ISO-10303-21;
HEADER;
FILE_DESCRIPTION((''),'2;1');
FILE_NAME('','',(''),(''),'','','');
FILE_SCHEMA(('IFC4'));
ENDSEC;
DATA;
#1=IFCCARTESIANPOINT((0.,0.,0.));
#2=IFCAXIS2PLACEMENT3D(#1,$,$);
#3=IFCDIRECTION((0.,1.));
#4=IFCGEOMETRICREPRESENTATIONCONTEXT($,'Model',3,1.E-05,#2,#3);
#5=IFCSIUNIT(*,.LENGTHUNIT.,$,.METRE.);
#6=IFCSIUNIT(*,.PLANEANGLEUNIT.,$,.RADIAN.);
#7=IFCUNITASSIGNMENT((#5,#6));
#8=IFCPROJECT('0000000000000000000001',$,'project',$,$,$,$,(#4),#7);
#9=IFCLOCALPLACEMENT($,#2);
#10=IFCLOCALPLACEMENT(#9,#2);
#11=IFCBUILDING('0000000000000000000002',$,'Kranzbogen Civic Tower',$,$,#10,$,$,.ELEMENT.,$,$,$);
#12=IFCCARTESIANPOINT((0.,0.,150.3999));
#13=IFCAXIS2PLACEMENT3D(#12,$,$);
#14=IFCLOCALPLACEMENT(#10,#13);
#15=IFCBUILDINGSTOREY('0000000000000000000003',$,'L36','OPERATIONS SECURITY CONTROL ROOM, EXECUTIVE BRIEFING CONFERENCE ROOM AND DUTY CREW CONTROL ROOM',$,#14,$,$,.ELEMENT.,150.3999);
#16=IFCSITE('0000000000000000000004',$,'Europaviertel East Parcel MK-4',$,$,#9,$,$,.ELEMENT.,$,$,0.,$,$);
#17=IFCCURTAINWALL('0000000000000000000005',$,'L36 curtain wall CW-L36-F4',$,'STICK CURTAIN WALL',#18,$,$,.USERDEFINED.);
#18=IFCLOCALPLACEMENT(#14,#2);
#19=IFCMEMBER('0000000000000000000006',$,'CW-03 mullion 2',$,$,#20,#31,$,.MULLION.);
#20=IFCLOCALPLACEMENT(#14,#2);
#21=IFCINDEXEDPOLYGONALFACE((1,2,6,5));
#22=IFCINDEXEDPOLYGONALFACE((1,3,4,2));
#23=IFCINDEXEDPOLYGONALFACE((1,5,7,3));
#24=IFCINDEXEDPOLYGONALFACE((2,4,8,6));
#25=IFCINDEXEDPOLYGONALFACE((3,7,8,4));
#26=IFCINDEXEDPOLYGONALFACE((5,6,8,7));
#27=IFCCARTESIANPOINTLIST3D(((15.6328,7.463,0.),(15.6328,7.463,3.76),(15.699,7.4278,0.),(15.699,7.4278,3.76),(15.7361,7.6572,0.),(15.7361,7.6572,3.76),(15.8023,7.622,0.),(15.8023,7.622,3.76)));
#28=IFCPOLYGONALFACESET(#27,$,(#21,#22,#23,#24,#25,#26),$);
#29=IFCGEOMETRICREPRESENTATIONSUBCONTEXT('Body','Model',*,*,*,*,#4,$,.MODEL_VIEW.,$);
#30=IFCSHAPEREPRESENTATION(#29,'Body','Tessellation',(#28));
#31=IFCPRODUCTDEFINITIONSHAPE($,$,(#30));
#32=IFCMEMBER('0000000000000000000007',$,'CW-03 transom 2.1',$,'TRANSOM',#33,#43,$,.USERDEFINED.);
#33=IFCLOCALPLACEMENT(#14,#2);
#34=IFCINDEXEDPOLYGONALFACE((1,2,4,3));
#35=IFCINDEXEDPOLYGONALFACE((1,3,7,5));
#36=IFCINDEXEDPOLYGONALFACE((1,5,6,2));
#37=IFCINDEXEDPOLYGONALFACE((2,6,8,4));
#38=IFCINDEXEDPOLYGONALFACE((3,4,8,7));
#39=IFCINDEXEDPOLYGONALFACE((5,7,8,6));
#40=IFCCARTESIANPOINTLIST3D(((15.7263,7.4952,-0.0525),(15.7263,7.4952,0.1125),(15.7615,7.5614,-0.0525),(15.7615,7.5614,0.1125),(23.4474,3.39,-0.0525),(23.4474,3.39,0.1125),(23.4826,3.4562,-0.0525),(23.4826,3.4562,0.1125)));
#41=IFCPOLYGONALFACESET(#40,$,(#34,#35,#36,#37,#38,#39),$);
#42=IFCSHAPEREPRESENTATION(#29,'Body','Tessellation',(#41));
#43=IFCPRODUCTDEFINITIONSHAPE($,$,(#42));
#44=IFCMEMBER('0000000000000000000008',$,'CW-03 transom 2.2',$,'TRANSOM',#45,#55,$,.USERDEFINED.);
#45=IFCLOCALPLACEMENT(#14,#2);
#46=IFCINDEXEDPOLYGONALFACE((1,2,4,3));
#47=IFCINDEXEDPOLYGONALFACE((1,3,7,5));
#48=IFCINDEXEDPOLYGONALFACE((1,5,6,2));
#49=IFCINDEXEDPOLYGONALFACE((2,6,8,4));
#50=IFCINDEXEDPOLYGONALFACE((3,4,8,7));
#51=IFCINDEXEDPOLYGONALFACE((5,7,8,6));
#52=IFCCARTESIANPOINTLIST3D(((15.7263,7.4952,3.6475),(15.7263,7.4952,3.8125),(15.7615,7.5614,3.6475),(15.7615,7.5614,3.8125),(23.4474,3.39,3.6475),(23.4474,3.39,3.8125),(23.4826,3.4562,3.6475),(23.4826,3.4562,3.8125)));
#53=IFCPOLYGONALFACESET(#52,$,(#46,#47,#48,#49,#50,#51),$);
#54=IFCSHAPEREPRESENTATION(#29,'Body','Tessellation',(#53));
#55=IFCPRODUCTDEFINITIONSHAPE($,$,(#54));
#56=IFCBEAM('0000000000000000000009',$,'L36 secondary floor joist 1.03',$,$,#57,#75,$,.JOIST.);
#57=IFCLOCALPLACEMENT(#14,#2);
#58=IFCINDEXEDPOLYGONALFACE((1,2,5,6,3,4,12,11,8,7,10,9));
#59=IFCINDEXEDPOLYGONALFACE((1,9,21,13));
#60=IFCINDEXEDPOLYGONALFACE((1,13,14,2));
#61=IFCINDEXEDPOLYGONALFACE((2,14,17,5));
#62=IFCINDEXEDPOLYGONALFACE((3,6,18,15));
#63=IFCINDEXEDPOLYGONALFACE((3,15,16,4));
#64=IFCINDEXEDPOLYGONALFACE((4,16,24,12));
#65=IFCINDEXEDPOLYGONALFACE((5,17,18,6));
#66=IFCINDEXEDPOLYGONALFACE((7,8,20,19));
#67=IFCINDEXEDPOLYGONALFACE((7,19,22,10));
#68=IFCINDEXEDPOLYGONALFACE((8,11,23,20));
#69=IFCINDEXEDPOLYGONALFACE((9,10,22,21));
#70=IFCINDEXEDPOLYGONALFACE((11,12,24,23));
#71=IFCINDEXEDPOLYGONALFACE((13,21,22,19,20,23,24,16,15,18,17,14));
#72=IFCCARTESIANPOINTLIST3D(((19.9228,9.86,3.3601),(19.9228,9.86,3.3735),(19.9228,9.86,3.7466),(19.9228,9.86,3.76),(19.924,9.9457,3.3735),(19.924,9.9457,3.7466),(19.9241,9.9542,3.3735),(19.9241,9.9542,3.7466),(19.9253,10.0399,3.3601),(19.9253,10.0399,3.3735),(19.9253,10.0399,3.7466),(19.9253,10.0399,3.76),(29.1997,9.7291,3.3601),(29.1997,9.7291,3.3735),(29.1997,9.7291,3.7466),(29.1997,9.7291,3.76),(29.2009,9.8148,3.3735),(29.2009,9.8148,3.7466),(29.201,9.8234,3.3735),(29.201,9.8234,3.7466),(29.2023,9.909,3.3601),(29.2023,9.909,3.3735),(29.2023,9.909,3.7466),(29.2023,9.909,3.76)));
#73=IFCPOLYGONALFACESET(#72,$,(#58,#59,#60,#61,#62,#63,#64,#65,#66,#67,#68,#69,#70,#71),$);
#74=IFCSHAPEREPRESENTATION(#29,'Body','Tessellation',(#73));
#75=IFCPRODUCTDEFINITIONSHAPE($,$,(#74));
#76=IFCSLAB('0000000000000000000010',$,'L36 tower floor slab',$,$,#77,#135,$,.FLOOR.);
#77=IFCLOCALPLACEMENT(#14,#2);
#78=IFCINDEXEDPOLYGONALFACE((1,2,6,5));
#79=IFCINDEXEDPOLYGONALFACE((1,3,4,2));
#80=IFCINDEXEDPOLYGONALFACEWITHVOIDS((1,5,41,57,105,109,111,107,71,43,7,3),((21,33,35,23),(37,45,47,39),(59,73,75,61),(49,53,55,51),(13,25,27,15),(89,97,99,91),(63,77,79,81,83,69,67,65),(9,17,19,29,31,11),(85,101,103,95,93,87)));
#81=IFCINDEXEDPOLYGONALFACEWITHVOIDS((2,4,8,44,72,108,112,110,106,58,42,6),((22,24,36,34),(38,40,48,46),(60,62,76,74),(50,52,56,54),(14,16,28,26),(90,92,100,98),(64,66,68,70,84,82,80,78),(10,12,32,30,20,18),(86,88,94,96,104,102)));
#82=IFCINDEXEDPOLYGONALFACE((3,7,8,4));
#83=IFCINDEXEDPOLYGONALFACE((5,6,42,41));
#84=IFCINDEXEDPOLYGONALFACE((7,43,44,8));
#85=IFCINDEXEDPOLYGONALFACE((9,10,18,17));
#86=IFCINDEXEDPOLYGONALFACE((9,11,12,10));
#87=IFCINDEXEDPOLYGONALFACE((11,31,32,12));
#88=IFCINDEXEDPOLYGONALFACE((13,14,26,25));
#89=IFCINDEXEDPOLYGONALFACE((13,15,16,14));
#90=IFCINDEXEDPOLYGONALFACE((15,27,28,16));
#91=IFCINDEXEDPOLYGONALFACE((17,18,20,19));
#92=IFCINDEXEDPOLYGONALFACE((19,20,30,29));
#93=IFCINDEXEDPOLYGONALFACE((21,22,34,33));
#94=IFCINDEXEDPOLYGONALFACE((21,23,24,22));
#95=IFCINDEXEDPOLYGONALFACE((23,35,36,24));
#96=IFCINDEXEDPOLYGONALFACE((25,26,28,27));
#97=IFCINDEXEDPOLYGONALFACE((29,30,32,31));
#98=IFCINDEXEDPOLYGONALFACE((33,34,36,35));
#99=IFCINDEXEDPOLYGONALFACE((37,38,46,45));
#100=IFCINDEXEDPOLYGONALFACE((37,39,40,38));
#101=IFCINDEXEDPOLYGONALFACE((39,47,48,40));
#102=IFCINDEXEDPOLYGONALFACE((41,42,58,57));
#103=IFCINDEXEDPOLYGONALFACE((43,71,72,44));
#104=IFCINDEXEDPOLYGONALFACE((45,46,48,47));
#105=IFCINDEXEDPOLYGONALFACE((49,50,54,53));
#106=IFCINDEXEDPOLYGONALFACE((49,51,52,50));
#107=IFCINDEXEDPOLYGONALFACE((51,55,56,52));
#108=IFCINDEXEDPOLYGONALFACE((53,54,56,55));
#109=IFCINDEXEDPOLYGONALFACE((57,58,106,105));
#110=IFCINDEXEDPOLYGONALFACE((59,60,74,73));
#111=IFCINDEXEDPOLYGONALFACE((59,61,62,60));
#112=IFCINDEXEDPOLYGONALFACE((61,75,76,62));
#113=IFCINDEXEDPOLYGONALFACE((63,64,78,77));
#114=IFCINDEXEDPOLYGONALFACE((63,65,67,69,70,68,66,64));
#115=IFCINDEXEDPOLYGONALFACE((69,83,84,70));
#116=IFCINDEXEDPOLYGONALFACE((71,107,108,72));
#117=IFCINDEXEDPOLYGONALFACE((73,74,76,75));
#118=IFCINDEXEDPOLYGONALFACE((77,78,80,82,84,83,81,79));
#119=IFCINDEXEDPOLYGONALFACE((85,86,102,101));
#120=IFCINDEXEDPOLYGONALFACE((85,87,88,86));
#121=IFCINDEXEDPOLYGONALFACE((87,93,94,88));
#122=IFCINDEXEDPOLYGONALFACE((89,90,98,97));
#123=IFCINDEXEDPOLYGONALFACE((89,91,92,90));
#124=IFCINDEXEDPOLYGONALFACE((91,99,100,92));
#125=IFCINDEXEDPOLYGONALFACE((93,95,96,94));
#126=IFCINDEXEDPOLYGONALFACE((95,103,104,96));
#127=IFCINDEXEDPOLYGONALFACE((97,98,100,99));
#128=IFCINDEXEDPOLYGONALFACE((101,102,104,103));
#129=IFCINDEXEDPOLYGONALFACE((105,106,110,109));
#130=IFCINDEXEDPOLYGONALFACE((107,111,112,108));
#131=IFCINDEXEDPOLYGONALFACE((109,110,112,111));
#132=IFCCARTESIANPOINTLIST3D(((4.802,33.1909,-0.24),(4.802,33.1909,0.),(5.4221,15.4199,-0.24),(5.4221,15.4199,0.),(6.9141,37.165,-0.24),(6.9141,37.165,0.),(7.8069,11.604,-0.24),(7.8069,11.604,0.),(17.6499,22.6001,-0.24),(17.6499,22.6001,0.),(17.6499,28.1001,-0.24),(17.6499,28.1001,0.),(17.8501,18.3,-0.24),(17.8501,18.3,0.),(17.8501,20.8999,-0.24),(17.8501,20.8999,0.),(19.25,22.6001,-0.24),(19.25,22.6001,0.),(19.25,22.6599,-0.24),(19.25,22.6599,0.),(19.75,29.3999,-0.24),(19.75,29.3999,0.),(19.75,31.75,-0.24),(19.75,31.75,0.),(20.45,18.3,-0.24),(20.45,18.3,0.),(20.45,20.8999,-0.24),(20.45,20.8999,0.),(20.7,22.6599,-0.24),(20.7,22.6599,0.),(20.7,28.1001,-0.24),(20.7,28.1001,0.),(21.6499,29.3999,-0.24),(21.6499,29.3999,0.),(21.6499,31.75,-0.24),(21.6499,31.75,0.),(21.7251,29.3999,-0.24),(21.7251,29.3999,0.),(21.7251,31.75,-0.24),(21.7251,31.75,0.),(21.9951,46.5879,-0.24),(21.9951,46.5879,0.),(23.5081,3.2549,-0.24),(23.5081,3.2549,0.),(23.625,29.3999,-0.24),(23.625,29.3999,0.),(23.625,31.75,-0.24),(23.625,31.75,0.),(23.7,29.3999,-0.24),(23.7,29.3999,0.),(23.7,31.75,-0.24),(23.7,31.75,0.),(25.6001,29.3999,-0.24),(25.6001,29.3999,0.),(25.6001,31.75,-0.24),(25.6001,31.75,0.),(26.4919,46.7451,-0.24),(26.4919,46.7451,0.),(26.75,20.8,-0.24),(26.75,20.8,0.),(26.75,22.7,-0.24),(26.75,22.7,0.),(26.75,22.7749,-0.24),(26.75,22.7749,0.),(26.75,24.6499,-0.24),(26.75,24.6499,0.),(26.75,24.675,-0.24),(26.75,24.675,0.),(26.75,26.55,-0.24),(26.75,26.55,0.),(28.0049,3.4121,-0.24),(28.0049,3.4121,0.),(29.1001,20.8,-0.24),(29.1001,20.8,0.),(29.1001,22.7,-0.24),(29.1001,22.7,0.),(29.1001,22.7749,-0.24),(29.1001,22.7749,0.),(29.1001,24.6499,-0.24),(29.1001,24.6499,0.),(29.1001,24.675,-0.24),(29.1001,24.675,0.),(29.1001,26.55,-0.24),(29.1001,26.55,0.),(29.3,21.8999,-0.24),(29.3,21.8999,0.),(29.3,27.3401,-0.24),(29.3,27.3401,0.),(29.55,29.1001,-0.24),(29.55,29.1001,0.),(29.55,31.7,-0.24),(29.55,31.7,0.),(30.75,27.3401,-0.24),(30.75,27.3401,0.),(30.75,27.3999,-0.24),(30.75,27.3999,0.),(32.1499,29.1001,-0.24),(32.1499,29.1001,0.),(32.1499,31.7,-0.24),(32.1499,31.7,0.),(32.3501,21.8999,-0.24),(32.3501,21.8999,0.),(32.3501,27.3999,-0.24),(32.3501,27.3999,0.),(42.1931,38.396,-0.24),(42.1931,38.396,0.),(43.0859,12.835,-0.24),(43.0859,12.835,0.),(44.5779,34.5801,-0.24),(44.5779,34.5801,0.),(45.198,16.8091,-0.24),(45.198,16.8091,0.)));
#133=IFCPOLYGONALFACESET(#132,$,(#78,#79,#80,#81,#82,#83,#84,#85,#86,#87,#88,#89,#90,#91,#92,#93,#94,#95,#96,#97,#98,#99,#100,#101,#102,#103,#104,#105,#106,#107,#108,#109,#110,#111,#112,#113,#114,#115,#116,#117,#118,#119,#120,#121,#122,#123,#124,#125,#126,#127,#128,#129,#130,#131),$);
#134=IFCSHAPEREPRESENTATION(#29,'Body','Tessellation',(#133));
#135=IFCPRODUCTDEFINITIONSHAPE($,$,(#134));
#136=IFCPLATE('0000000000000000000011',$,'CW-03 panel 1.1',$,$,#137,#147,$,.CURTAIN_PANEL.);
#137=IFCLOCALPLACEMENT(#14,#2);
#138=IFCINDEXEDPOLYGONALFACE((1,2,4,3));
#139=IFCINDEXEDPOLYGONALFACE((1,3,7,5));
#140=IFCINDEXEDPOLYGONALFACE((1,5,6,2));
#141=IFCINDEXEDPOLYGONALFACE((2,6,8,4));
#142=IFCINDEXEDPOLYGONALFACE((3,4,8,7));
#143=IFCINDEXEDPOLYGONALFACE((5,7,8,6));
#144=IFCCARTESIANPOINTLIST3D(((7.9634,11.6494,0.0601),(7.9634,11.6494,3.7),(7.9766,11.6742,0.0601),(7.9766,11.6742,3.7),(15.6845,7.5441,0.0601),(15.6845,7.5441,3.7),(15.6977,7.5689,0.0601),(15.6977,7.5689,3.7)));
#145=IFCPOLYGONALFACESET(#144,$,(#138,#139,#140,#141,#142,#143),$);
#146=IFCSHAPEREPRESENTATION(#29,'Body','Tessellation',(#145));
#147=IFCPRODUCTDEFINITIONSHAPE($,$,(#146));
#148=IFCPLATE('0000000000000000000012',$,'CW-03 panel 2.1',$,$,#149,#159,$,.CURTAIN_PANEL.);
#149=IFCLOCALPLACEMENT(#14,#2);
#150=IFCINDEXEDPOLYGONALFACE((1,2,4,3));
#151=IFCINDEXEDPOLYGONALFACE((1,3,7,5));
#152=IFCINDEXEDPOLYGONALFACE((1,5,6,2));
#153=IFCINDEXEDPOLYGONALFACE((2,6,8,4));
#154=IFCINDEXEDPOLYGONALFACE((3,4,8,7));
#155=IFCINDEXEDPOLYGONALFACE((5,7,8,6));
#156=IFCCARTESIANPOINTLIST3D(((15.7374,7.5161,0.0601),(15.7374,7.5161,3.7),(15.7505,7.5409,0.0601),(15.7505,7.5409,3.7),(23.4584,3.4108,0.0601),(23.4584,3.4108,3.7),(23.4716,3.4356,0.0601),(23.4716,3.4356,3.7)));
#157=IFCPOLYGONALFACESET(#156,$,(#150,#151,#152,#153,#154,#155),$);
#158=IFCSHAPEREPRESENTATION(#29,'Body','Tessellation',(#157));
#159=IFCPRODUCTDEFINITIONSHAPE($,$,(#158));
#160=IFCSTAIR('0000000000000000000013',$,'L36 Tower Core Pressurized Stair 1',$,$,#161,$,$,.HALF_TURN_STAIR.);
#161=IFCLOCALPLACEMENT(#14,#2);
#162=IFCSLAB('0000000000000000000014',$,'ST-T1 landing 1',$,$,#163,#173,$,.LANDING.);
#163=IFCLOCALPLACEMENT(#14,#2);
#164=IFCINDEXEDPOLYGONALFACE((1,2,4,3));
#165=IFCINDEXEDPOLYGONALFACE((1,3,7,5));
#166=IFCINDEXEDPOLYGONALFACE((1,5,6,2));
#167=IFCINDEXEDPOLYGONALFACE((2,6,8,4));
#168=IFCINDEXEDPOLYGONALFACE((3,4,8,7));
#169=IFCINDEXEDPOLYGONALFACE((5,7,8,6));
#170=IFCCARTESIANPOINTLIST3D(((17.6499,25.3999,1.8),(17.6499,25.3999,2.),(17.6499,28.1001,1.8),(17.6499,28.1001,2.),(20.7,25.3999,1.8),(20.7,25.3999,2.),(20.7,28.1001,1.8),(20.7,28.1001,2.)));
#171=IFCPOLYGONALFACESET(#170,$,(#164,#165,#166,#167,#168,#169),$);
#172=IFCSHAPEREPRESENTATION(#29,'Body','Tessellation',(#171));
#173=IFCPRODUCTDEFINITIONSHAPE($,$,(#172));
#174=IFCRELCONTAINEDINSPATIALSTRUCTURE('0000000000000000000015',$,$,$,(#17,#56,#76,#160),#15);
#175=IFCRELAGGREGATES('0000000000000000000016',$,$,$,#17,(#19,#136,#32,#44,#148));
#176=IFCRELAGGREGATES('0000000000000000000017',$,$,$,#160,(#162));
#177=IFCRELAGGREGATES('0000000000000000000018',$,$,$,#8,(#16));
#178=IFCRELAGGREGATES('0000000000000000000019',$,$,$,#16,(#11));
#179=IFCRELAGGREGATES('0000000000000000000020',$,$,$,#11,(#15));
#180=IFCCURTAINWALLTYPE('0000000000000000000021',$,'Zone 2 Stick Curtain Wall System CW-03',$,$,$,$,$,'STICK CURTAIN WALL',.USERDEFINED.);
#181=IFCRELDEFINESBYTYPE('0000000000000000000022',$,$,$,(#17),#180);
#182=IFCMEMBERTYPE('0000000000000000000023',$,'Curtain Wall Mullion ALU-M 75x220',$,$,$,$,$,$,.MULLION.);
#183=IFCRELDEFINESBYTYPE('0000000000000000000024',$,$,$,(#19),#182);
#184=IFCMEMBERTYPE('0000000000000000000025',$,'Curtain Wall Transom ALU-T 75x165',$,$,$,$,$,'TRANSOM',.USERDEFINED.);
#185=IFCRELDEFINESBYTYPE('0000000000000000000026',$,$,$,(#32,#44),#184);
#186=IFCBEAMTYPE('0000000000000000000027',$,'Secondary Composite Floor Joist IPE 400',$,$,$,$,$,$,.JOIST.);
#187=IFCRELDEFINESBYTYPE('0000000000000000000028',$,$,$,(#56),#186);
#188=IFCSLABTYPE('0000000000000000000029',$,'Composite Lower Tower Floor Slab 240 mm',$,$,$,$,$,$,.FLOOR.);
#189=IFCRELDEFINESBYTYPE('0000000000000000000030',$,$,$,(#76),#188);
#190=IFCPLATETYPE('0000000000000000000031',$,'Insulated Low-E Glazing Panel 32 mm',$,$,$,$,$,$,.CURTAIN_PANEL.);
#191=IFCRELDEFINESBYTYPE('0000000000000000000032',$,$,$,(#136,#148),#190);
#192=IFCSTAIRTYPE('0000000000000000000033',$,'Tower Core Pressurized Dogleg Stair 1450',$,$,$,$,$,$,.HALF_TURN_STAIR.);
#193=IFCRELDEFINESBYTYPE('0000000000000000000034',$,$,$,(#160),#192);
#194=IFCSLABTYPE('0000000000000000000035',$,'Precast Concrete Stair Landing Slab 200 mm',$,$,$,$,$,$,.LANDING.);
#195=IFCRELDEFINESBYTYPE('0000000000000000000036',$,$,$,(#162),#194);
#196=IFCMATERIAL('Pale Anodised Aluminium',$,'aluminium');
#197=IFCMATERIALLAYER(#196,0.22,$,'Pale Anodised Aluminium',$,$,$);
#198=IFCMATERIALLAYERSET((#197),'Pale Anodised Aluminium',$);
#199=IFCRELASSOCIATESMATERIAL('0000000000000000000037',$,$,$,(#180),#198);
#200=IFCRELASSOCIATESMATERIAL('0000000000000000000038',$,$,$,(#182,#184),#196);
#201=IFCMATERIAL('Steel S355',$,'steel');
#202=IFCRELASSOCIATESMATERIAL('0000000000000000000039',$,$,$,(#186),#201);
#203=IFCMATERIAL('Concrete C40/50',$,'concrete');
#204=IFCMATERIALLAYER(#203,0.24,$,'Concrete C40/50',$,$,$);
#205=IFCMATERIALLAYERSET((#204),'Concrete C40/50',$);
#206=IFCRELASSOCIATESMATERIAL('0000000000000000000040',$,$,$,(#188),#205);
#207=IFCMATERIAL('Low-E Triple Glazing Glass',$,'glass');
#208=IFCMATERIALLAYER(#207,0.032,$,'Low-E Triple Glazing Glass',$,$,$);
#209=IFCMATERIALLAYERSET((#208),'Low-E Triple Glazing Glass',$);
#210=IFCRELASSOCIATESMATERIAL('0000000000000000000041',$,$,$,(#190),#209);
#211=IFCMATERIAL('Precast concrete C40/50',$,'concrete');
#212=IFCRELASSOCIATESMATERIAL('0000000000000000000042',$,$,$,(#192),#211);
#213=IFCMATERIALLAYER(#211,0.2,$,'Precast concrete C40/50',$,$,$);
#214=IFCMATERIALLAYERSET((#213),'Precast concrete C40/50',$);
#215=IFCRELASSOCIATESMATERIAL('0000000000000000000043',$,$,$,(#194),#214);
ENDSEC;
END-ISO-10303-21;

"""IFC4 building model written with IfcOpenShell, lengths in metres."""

from ifc_helpers import new_model, si_unit, direction, frame, origin, origin_2d, place, context, subcontext, project, spatial, polyline, rectangle, i_section, outline, extrude, material, layer, layer_set, material_profile, profile_set, type_object, element, aggregate, save


model = new_model("IFC4")

# Units and contexts
model_context = context("Model", 3, precision=1e-05, world=origin(), true_north=direction((0.0, 1.0)))
body_context = subcontext(model_context, "Body", "Model", "MODEL_VIEW")
ifc_project = project(units=[si_unit("LENGTHUNIT", "METRE"), si_unit("PLANEANGLEUNIT", "RADIAN")], contexts=[model_context])

# Site, building, storey
site_placement = place(None, origin())
site = spatial("IfcSite", under=ifc_project, at=site_placement, Name="Europaviertel East Parcel MK-4", CompositionType="ELEMENT", RefElevation=0.0)
building_placement = place(site_placement, origin())
building = spatial("IfcBuilding", under=site, at=building_placement, Name="Kranzbogen Civic Tower", CompositionType="ELEMENT")
storey_placement = place(building_placement, frame((0.0, 0.0, 150.3999)))
storey = spatial("IfcBuildingStorey", under=building, at=storey_placement, Name="L36", Description="OPERATIONS SECURITY CONTROL ROOM, EXECUTIVE BRIEFING CONFERENCE ROOM AND DUTY CREW CONTROL ROOM", CompositionType="ELEMENT", Elevation=150.3999)

# Curtain wall, members
ifc_material_1 = material(Name="Pale Anodised Aluminium", Category="aluminium")
ifc_layer_1 = layer(ifc_material_1, 0.22, Name="Pale Anodised Aluminium")
ifc_layer_set_1 = layer_set([ifc_layer_1], Name="Pale Anodised Aluminium")
curtain_wall_type = type_object("IfcCurtainWallType", Name="Zone 2 Stick Curtain Wall System CW-03", ElementType="STICK CURTAIN WALL", PredefinedType="USERDEFINED", material=ifc_layer_set_1)
curtain_wall_placement = place(storey_placement, origin())
curtain_wall = element("IfcCurtainWall", 1, at=curtain_wall_placement, inside=storey, type_object=curtain_wall_type, Name="L36 curtain wall CW-L36-F4", ObjectType="STICK CURTAIN WALL", PredefinedType="USERDEFINED")
ifc_material_profile_1 = material_profile(ifc_material_1, rectangle(XDim=0.075, YDim=0.22, at=origin_2d()), Name="ALU-M 75x220")
ifc_profile_set_1 = profile_set([ifc_material_profile_1], Name="Pale Anodised Aluminium")
member_type_1 = type_object("IfcMemberType", Name="Curtain Wall Mullion ALU-M 75x220", PredefinedType="MULLION", material=ifc_profile_set_1)
member_1_placement = place(storey_placement, frame((15.7175, 7.5425, 0.0), z_axis=(0.0, 0.0, 1.0), x_axis=(0.882952, -0.469463, 0.0)))
member_1 = element("IfcMember", 2, at=member_1_placement, type_object=member_type_1, Name="CW-03 mullion 2", PredefinedType="MULLION", context=body_context, shape_type="SweptSolid", body=[
    extrude(rectangle(XDim=0.075, YDim=0.22, at=origin_2d()), origin(), (0.0, 0.0, 1.0), 3.76),
])
ifc_material_profile_2 = material_profile(ifc_material_1, rectangle(XDim=0.075, YDim=0.165, at=origin_2d()), Name="ALU-T 75x165")
ifc_profile_set_2 = profile_set([ifc_material_profile_2], Name="Pale Anodised Aluminium")
member_type_2 = type_object("IfcMemberType", Name="Curtain Wall Transom ALU-T 75x165", ElementType="TRANSOM", PredefinedType="USERDEFINED", material=ifc_profile_set_2)
member_2_placement = place(storey_placement, frame((15.7439, 7.5283, 0.03), z_axis=(0.882957, -0.469453, 0.0), x_axis=(0.469453, 0.882957, 0.0)))
member_2 = element("IfcMember", 3, at=member_2_placement, type_object=member_type_2, Name="CW-03 transom 2.1", ObjectType="TRANSOM", PredefinedType="USERDEFINED", context=body_context, shape_type="SweptSolid", body=[
    extrude(rectangle(XDim=0.075, YDim=0.165, at=origin_2d()), origin(), (0.0, 0.0, 1.0), 8.7446),
])
member_3_placement = place(storey_placement, frame((15.7439, 7.5283, 3.73), z_axis=(0.882957, -0.469453, 0.0), x_axis=(0.469453, 0.882957, 0.0)))
member_3 = element("IfcMember", 4, at=member_3_placement, type_object=member_type_2, Name="CW-03 transom 2.2", ObjectType="TRANSOM", PredefinedType="USERDEFINED", context=body_context, shape_type="SweptSolid", body=[
    extrude(rectangle(XDim=0.075, YDim=0.165, at=origin_2d()), origin(), (0.0, 0.0, 1.0), 8.7446),
])

# Beam
ifc_material_2 = material(Name="Steel S355", Category="steel")
ifc_material_profile_3 = material_profile(ifc_material_2, i_section(OverallWidth=0.1799, OverallDepth=0.3999, WebThickness=0.0085, FlangeThickness=0.0134, at=origin_2d()), Name="IPE 400")
ifc_profile_set_3 = profile_set([ifc_material_profile_3], Name="Steel S355")
beam_type = type_object("IfcBeamType", Name="Secondary Composite Floor Joist IPE 400", PredefinedType="JOIST", material=ifc_profile_set_3)
beam_placement = place(storey_placement, frame((19.9241, 9.95, 3.5601), z_axis=(0.999901, -0.014105, 0.0), x_axis=(0.014105, 0.999901, 0.0)))
element("IfcBeam", 5, at=beam_placement, inside=storey, type_object=beam_type, Name="L36 secondary floor joist 1.03", PredefinedType="JOIST", context=body_context, shape_type="SweptSolid", body=[
    extrude(i_section(OverallWidth=0.1799, OverallDepth=0.3999, WebThickness=0.0085, FlangeThickness=0.0134, at=origin_2d()), origin(), (0.0, 0.0, 1.0), 9.2778),
])

# Slab
ifc_material_3 = material(Name="Concrete C40/50", Category="concrete")
ifc_layer_2 = layer(ifc_material_3, 0.24, Name="Concrete C40/50")
ifc_layer_set_2 = layer_set([ifc_layer_2], Name="Concrete C40/50")
slab_type_1 = type_object("IfcSlabType", Name="Composite Lower Tower Floor Slab 240 mm", PredefinedType="FLOOR", material=ifc_layer_set_2)
slab_1_placement = place(storey_placement, frame((0.0, 0.0, -0.24)))
element("IfcSlab", 6, at=slab_1_placement, inside=storey, type_object=slab_type_1, Name="L36 tower floor slab", PredefinedType="FLOOR", context=body_context, shape_type="SweptSolid", body=[
    extrude(outline(polyline([(42.1931, 38.396), (26.4919, 46.7451), (21.9951, 46.5879), (6.9141, 37.165), (4.802, 33.1909), (5.4221, 15.4199), (7.8069, 11.604), (23.5081, 3.2549), (28.0049, 3.4121), (43.0859, 12.835), (45.198, 16.8091), (44.5779, 34.5801), (42.1931, 38.396)]), holes=[polyline([(20.45, 20.8999), (20.45, 18.3), (17.8501, 18.3), (17.8501, 20.8999), (20.45, 20.8999)]), polyline([(29.1001, 22.7), (29.1001, 20.8), (26.75, 20.8), (26.75, 22.7), (29.1001, 22.7)]), polyline([(29.1001, 24.6499), (29.1001, 22.7749), (26.75, 22.7749), (26.75, 24.6499), (26.75, 24.675), (26.75, 26.55), (29.1001, 26.55), (29.1001, 24.675), (29.1001, 24.6499)]), polyline([(30.75, 27.3401), (30.75, 27.3999), (32.3501, 27.3999), (32.3501, 21.8999), (29.3, 21.8999), (29.3, 27.3401), (30.75, 27.3401)]), polyline([(19.25, 22.6599), (19.25, 22.6001), (17.6499, 22.6001), (17.6499, 28.1001), (20.7, 28.1001), (20.7, 22.6599), (19.25, 22.6599)]), polyline([(32.1499, 31.7), (32.1499, 29.1001), (29.55, 29.1001), (29.55, 31.7), (32.1499, 31.7)]), polyline([(21.6499, 31.75), (21.6499, 29.3999), (19.75, 29.3999), (19.75, 31.75), (21.6499, 31.75)]), polyline([(23.625, 29.3999), (21.7251, 29.3999), (21.7251, 31.75), (23.625, 31.75), (23.625, 29.3999)]), polyline([(25.6001, 29.3999), (23.7, 29.3999), (23.7, 31.75), (25.6001, 31.75), (25.6001, 29.3999)])]), origin(), (0.0, 0.0, 1.0), 0.24),
])

# Plates
ifc_material_4 = material(Name="Low-E Triple Glazing Glass", Category="glass")
ifc_layer_3 = layer(ifc_material_4, 0.032, Name="Low-E Triple Glazing Glass")
ifc_layer_set_3 = layer_set([ifc_layer_3], Name="Low-E Triple Glazing Glass")
plate_type = type_object("IfcPlateType", Name="Insulated Low-E Glazing Panel 32 mm", PredefinedType="CURTAIN_PANEL", material=ifc_layer_set_3)
plate_1_placement = place(storey_placement, frame((11.8306, 9.6091, 0.0601), z_axis=(0.0, 0.0, 1.0), x_axis=(0.882952, -0.469463, 0.0)))
plate_1 = element("IfcPlate", 7, at=plate_1_placement, type_object=plate_type, Name="CW-03 panel 1.1", PredefinedType="CURTAIN_PANEL", context=body_context, shape_type="SweptSolid", body=[
    extrude(rectangle(XDim=8.7446, YDim=0.0281, at=origin_2d()), origin(), (0.0, 0.0, 1.0), 3.6399),
])
plate_2_placement = place(storey_placement, frame((19.6045, 5.4758, 0.0601), z_axis=(0.0, 0.0, 1.0), x_axis=(0.882952, -0.469463, 0.0)))
plate_2 = element("IfcPlate", 8, at=plate_2_placement, type_object=plate_type, Name="CW-03 panel 2.1", PredefinedType="CURTAIN_PANEL", context=body_context, shape_type="SweptSolid", body=[
    extrude(rectangle(XDim=8.7446, YDim=0.0281, at=origin_2d()), origin(), (0.0, 0.0, 1.0), 3.6399),
])
aggregate(curtain_wall, [member_1, plate_1, member_2, member_3, plate_2])

# Stair, slab
ifc_material_5 = material(Name="Precast concrete C40/50", Category="concrete")
stair_type_1 = type_object("IfcStairType", Name="Tower Core Pressurized Dogleg Stair 1450", PredefinedType="HALF_TURN_STAIR", material=ifc_material_5)
stair_1_placement = place(storey_placement, origin())
stair_1 = element("IfcStair", 9, at=stair_1_placement, inside=storey, type_object=stair_type_1, Name="L36 Tower Core Pressurized Stair 1", PredefinedType="HALF_TURN_STAIR")
ifc_layer_4 = layer(ifc_material_5, 0.2, Name="Precast concrete C40/50")
ifc_layer_set_4 = layer_set([ifc_layer_4], Name="Precast concrete C40/50")
slab_type_2 = type_object("IfcSlabType", Name="Precast Concrete Stair Landing Slab 200 mm", PredefinedType="LANDING", material=ifc_layer_set_4)
slab_2_placement = place(storey_placement, frame((0.0, 0.0, 1.8)))
slab_2 = element("IfcSlab", 10, at=slab_2_placement, type_object=slab_type_2, Name="ST-T1 landing 1", PredefinedType="LANDING", context=body_context, shape_type="SweptSolid", body=[
    extrude(outline(polyline([(20.7, 25.3999), (20.7, 28.1001), (17.6499, 28.1001), (17.6499, 25.3999), (20.7, 25.3999)])), origin(), (0.0, 0.0, 1.0), 0.2),
])
aggregate(stair_1, [slab_2])

save(model, "model.ifc")
